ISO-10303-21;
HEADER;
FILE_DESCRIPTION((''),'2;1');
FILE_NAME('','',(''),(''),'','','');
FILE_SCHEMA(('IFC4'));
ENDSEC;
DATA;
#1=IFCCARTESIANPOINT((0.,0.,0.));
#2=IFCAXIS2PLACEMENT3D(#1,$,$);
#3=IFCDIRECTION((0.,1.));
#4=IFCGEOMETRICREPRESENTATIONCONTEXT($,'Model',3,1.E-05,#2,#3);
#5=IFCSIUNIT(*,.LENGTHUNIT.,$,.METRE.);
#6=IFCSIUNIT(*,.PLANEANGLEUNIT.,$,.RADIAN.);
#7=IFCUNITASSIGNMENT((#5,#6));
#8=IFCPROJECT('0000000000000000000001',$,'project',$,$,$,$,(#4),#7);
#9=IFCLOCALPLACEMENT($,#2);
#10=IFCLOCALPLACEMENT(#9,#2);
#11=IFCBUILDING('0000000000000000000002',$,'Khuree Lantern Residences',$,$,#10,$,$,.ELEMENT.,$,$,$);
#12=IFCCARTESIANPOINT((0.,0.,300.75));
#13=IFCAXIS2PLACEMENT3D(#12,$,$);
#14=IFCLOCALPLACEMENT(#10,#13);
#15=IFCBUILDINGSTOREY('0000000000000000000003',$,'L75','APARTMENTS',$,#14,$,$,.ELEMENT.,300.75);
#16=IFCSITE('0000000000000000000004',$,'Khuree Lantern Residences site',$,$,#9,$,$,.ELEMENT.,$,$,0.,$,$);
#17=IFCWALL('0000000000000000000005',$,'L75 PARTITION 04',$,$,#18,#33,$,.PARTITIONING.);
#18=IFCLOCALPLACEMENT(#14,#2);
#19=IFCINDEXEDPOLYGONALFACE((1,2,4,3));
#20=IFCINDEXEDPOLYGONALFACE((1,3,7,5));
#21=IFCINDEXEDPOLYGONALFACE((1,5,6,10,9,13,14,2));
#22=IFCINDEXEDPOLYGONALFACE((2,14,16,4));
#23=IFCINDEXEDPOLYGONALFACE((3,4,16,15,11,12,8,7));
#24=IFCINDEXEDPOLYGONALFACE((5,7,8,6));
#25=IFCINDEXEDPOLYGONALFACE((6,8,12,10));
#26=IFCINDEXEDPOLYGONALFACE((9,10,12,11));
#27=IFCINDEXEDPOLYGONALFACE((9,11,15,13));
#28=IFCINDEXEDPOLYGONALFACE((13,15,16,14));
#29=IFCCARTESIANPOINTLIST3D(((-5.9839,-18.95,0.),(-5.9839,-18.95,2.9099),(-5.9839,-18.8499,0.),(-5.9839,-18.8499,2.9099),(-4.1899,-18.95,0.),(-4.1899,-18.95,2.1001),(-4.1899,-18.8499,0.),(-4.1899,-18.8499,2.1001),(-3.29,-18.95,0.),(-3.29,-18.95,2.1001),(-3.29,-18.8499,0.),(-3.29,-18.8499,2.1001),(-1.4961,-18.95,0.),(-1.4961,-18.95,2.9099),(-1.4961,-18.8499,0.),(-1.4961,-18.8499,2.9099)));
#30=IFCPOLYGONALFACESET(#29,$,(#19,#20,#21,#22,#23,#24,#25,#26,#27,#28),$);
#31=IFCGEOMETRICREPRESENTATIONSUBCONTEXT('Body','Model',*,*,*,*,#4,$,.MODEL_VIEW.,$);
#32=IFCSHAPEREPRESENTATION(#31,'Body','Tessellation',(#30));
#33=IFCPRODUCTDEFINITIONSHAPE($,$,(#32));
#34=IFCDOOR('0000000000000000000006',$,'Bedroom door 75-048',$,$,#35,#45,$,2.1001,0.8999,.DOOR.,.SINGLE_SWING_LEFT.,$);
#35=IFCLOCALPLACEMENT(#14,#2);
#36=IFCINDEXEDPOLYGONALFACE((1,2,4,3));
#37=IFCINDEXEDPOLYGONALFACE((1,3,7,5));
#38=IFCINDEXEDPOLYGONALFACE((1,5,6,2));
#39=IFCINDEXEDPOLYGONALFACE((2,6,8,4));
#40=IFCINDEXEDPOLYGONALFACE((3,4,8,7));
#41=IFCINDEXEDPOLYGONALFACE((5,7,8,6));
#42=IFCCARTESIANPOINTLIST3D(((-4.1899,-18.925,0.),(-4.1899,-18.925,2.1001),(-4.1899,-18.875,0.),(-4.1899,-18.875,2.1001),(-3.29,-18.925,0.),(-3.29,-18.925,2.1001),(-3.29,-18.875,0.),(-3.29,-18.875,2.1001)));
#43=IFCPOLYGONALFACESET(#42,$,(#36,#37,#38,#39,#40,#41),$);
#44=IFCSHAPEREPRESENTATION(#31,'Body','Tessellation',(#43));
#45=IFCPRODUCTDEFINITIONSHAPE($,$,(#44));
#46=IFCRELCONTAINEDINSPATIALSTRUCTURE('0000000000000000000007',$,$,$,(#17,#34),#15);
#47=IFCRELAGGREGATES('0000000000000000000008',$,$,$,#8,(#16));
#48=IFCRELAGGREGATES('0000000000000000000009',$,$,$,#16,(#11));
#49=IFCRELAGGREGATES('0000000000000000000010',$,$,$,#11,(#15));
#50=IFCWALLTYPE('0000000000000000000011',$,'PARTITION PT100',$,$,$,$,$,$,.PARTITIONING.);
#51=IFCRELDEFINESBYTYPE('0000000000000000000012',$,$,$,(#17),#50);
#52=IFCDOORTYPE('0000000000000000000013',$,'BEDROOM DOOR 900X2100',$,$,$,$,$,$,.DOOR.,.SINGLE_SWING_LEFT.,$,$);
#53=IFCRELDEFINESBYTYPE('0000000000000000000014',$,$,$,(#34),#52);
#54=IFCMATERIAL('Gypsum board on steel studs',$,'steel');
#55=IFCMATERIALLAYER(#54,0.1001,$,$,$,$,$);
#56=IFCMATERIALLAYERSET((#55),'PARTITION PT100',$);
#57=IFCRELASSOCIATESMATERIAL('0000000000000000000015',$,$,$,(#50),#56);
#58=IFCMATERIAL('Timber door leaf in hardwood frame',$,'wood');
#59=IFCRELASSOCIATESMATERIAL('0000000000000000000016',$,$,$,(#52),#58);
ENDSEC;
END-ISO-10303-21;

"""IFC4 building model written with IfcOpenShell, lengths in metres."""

from ifc_helpers import new_model, si_unit, direction, frame, frame_2d, origin, place, context, subcontext, project, spatial, rectangle, extrude, material, layer, layer_set, type_object, element, fill, save


model = new_model("IFC4")

# Units and contexts
model_context = context("Model", 3, precision=1e-05, world=origin(), true_north=direction((0.0, 1.0)))
body_context = subcontext(model_context, "Body", "Model", "MODEL_VIEW")
ifc_project = project(units=[si_unit("LENGTHUNIT", "METRE"), si_unit("PLANEANGLEUNIT", "RADIAN")], contexts=[model_context])

# Site, building, storey
site_placement = place(None, origin())
site = spatial("IfcSite", under=ifc_project, at=site_placement, Name="Khuree Lantern Residences site", CompositionType="ELEMENT", RefElevation=0.0)
building_placement = place(site_placement, origin())
building = spatial("IfcBuilding", under=site, at=building_placement, Name="Khuree Lantern Residences", CompositionType="ELEMENT")
storey_placement = place(building_placement, frame((0.0, 0.0, 300.75)))
storey = spatial("IfcBuildingStorey", under=building, at=storey_placement, Name="L75", Description="APARTMENTS", CompositionType="ELEMENT", Elevation=300.75)

# Shared definitions
ifc_material_1 = material(Name="Gypsum board on steel studs", Category="steel")
ifc_layer_1 = layer(ifc_material_1, 0.1001)
ifc_layer_set_1 = layer_set([ifc_layer_1], Name="PARTITION PT100")
wall_type = type_object("IfcWallType", Name="PARTITION PT100", PredefinedType="PARTITIONING", material=ifc_layer_set_1)

# Shared definitions
ifc_material_2 = material(Name="Timber door leaf in hardwood frame", Category="wood")
door_type_1 = type_object("IfcDoorType", Name="BEDROOM DOOR 900X2100", OperationType="SINGLE_SWING_LEFT", PredefinedType="DOOR", material=ifc_material_2)

# Wall, opening, door
wall_1_placement = place(storey_placement, frame((-5.9839, -18.8999, 0.0), z_axis=(0.0, 0.0, 1.0), x_axis=(1.0, 0.0, 0.0)))
wall_1 = element("IfcWall", 1, at=wall_1_placement, inside=storey, type_object=wall_type, Name="L75 PARTITION 04", PredefinedType="PARTITIONING", context=body_context, shape_type="SweptSolid", body=[
    extrude(rectangle(XDim=4.4878, YDim=0.1001, at=frame_2d((2.2439, 0.0))), origin(), (0.0, 0.0, 1.0), 2.9099),
])
opening_1_placement = place(wall_1_placement, frame((1.7939, 0.0, 0.0)))
opening_1 = element("IfcOpeningElement", 2, at=opening_1_placement, cuts=wall_1, PredefinedType="OPENING", context=body_context, shape_type="SweptSolid", body=[
    extrude(rectangle(XDim=0.8999, YDim=2.1001, at=frame_2d((0.45, 1.05))), frame((0.0, 0.0601, 0.0), z_axis=(0.0, -1.0, 0.0), x_axis=(1.0, 0.0, 0.0)), (0.0, 0.0, 1.0), 0.1201),
])
door_1_placement = place(opening_1_placement, origin())
door_1 = element("IfcDoor", 3, at=door_1_placement, inside=storey, type_object=door_type_1, Name="Bedroom door 75-048", OperationType="SINGLE_SWING_LEFT", OverallHeight=2.1001, OverallWidth=0.8999, PredefinedType="DOOR", context=body_context, shape_type="SweptSolid", body=[
    extrude(rectangle(XDim=0.8999, YDim=2.1001, at=frame_2d((0.45, 1.05))), frame((0.0, 0.0249, 0.0), z_axis=(0.0, -1.0, 0.0), x_axis=(1.0, 0.0, 0.0)), (0.0, 0.0, 1.0), 0.05),
])
fill(opening_1, door_1)

save(model, "model.ifc")
